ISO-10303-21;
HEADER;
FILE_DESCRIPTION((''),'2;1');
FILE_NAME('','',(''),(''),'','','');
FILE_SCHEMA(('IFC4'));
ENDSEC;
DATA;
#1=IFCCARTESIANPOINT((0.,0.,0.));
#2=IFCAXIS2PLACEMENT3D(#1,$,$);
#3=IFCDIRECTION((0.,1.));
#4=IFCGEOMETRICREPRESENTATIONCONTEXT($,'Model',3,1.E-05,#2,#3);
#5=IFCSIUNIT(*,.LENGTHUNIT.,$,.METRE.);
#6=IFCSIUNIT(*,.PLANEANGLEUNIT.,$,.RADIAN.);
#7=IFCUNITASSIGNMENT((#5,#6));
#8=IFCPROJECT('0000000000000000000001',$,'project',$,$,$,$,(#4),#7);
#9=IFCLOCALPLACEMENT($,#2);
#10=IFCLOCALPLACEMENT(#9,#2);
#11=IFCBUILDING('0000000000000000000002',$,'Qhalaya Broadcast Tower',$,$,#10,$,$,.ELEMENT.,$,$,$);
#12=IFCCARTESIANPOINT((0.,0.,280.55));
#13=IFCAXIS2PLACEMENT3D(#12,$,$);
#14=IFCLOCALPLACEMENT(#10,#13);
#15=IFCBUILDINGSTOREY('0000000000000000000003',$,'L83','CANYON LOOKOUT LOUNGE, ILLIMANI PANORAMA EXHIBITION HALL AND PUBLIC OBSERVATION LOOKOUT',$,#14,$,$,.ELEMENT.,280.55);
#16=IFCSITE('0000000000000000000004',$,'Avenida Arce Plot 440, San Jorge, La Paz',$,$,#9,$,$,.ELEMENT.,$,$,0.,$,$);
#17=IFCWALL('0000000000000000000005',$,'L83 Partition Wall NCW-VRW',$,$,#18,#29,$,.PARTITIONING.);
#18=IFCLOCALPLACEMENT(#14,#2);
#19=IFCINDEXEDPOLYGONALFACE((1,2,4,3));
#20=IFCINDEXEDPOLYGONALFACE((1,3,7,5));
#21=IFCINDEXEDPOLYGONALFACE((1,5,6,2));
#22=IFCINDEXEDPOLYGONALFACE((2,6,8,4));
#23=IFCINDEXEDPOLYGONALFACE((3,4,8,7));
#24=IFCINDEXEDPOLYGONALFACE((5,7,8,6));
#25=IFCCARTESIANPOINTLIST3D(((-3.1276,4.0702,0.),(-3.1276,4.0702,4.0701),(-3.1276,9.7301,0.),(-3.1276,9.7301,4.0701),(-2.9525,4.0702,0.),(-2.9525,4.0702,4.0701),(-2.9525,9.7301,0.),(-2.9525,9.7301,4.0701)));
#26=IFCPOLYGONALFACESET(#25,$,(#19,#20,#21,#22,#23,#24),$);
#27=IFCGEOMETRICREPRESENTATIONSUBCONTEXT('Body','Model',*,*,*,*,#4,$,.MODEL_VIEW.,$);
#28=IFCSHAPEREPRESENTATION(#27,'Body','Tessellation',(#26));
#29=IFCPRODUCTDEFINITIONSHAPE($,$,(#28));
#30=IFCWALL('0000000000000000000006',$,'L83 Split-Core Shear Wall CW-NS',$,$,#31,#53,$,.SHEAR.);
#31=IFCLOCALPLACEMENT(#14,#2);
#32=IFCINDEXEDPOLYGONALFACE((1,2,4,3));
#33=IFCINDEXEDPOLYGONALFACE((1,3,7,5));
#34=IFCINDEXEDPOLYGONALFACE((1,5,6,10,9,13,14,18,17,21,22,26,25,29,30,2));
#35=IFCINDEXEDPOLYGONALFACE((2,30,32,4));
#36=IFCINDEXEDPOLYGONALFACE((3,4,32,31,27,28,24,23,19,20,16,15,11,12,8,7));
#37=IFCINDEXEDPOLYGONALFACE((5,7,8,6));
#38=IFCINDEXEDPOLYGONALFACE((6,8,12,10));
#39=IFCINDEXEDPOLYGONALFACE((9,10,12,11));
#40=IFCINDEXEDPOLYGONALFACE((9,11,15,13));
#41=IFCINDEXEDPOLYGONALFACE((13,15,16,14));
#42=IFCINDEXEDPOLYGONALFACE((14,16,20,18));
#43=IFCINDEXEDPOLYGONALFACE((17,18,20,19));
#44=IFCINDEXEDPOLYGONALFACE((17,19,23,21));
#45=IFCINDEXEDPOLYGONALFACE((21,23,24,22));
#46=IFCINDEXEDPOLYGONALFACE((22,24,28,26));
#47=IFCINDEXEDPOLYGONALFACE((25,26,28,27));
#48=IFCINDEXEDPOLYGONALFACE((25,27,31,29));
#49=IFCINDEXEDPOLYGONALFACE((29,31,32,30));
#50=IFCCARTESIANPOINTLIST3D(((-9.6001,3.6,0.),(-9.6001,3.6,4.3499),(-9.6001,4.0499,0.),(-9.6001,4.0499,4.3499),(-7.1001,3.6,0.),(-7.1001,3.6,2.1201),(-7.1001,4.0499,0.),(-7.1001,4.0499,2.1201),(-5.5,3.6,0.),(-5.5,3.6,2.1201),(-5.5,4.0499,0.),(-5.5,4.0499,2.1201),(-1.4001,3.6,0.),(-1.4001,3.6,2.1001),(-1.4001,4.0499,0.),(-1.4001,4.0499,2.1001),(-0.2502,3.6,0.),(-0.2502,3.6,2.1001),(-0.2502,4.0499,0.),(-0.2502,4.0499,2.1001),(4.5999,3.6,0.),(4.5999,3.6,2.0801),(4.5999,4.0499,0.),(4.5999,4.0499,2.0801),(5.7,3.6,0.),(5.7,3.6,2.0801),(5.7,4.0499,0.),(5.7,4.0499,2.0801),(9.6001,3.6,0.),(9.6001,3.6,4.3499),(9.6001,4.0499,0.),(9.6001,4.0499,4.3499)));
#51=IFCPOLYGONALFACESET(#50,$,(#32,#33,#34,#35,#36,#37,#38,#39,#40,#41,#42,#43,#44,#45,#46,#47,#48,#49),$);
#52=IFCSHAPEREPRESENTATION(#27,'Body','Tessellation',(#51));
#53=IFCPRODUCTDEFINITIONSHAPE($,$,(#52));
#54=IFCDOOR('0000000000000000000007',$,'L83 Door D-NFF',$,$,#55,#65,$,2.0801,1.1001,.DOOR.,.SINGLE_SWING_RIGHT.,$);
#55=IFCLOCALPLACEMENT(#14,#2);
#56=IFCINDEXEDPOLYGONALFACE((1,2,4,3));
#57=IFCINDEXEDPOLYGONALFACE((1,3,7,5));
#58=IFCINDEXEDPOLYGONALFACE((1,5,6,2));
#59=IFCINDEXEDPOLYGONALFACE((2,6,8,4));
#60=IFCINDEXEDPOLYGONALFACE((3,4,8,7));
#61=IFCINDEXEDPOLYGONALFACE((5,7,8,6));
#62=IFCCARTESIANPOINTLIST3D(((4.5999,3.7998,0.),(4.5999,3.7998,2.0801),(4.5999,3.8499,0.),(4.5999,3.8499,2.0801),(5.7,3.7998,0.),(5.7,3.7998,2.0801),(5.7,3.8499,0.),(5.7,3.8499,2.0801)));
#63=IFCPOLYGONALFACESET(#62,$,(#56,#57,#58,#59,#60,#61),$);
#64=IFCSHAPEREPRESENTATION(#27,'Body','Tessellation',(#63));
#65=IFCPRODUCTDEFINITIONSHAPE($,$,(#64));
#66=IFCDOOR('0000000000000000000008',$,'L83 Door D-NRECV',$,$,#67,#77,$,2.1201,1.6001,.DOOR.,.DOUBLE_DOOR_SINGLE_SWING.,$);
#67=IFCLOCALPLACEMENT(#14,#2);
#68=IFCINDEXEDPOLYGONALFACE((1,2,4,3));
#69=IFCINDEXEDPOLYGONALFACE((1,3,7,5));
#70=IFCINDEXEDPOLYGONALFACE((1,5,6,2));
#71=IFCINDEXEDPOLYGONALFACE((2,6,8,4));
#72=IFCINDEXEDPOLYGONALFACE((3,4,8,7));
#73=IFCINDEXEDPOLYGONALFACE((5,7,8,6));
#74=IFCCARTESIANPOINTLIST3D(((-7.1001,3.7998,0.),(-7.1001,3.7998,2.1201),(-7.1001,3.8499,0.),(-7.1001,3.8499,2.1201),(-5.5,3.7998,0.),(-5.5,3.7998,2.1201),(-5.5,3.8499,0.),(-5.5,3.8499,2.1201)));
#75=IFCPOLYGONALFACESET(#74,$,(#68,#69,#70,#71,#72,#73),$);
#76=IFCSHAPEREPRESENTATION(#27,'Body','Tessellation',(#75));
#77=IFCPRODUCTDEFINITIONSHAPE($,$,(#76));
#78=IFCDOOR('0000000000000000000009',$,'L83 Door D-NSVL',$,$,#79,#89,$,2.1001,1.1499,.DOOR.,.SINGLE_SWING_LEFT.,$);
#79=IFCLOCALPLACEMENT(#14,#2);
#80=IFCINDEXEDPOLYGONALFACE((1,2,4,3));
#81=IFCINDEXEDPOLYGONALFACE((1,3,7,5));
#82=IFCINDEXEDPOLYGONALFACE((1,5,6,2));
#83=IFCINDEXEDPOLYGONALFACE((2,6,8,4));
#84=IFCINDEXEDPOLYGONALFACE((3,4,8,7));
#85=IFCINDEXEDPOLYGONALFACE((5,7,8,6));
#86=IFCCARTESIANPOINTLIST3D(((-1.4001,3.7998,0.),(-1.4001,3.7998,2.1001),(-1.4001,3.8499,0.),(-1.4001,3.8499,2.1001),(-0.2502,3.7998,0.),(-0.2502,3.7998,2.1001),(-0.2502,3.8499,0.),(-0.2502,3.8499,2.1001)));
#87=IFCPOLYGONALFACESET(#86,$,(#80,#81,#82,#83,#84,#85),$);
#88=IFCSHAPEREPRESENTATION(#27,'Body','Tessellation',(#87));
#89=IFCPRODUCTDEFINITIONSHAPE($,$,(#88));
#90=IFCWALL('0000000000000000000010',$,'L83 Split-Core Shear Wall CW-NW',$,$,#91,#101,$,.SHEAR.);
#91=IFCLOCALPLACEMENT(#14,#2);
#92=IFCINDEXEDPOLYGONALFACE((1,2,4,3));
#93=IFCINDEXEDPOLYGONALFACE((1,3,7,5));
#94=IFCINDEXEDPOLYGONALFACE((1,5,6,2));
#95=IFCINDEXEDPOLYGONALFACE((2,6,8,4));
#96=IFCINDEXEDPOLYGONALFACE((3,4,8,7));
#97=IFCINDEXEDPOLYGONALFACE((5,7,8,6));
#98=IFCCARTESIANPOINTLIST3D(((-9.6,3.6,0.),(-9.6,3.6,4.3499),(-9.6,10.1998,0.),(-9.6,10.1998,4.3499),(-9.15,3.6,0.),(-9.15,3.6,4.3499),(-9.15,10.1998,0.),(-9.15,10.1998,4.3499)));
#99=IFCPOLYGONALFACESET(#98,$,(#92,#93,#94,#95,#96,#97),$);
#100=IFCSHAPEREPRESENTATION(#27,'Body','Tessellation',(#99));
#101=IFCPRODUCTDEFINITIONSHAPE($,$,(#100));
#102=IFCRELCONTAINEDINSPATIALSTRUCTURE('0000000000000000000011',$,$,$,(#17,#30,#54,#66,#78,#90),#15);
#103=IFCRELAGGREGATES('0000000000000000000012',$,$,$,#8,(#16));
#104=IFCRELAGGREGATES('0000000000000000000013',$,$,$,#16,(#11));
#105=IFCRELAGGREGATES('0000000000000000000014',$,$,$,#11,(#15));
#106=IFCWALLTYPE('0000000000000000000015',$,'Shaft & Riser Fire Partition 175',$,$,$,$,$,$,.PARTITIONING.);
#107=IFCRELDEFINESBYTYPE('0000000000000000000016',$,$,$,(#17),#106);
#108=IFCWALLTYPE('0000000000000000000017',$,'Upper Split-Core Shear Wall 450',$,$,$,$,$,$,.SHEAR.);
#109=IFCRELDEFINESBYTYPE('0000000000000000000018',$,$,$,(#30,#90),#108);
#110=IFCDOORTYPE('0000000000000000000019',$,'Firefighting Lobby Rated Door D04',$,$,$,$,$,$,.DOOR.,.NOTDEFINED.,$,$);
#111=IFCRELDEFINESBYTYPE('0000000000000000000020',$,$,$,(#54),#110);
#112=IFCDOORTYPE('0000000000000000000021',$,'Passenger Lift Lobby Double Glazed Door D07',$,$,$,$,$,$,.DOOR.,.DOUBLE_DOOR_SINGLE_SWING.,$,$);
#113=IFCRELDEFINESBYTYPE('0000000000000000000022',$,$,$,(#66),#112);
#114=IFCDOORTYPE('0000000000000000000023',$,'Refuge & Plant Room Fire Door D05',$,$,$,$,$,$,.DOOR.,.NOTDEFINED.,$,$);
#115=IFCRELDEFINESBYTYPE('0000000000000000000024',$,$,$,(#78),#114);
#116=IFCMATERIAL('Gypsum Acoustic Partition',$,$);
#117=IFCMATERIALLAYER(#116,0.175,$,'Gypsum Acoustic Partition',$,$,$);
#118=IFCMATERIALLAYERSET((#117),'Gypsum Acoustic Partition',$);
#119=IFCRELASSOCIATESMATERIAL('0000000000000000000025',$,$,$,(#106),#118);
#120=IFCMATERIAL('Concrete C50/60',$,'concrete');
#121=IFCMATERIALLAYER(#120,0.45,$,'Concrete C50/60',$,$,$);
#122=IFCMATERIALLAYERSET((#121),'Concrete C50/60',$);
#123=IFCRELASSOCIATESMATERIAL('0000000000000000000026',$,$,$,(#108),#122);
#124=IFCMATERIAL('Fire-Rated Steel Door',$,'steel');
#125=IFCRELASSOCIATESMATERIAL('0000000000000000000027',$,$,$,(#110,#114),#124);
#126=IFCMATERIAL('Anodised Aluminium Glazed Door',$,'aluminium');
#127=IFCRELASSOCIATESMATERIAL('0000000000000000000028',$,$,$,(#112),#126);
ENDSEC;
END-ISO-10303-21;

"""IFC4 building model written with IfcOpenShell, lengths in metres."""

from ifc_helpers import new_model, si_unit, direction, frame, frame_2d, origin, place, context, subcontext, project, spatial, rectangle, extrude, material, layer, layer_set, type_object, element, fill, save


model = new_model("IFC4")

# Units and contexts
model_context = context("Model", 3, precision=1e-05, world=origin(), true_north=direction((0.0, 1.0)))
body_context = subcontext(model_context, "Body", "Model", "MODEL_VIEW")
ifc_project = project(units=[si_unit("LENGTHUNIT", "METRE"), si_unit("PLANEANGLEUNIT", "RADIAN")], contexts=[model_context])

# Site, building, storey
site_placement = place(None, origin())
site = spatial("IfcSite", under=ifc_project, at=site_placement, Name="Avenida Arce Plot 440, San Jorge, La Paz", CompositionType="ELEMENT", RefElevation=0.0)
building_placement = place(site_placement, origin())
building = spatial("IfcBuilding", under=site, at=building_placement, Name="Qhalaya Broadcast Tower", CompositionType="ELEMENT")
storey_placement = place(building_placement, frame((0.0, 0.0, 280.55)))
storey = spatial("IfcBuildingStorey", under=building, at=storey_placement, Name="L83", Description="CANYON LOOKOUT LOUNGE, ILLIMANI PANORAMA EXHIBITION HALL AND PUBLIC OBSERVATION LOOKOUT", CompositionType="ELEMENT", Elevation=280.55)

# Shared definitions
ifc_material_1 = material(Name="Concrete C50/60", Category="concrete")

# Shared definitions
ifc_material_2 = material(Name="Gypsum Acoustic Partition")

# Wall
ifc_layer_1 = layer(ifc_material_2, 0.175, Name="Gypsum Acoustic Partition")
ifc_layer_set_1 = layer_set([ifc_layer_1], Name="Gypsum Acoustic Partition")
wall_type_1 = type_object("IfcWallType", Name="Shaft & Riser Fire Partition 175", PredefinedType="PARTITIONING", material=ifc_layer_set_1)
wall_1_placement = place(storey_placement, frame((-3.04, 4.0701, 0.0), z_axis=(0.0, 0.0, 1.0), x_axis=(0.0, 1.0, 0.0)))
element("IfcWall", 1, at=wall_1_placement, inside=storey, type_object=wall_type_1, Name="L83 Partition Wall NCW-VRW", PredefinedType="PARTITIONING", context=body_context, shape_type="SweptSolid", body=[
    extrude(rectangle(XDim=5.6599, YDim=0.175, at=frame_2d((2.8301, 0.0))), origin(), (0.0, 0.0, 1.0), 4.0701),
])

# Wall, openings, doors
ifc_layer_2 = layer(ifc_material_1, 0.45, Name="Concrete C50/60")
ifc_layer_set_2 = layer_set([ifc_layer_2], Name="Concrete C50/60")
wall_type_2 = type_object("IfcWallType", Name="Upper Split-Core Shear Wall 450", PredefinedType="SHEAR", material=ifc_layer_set_2)
wall_2_placement = place(storey_placement, frame((-9.6001, 3.825, 0.0), z_axis=(0.0, 0.0, 1.0), x_axis=(1.0, 0.0, 0.0)))
wall_2 = element("IfcWall", 2, at=wall_2_placement, inside=storey, type_object=wall_type_2, Name="L83 Split-Core Shear Wall CW-NS", PredefinedType="SHEAR", context=body_context, shape_type="SweptSolid", body=[
    extrude(rectangle(XDim=19.2002, YDim=0.45, at=frame_2d((9.6001, 0.0))), origin(), (0.0, 0.0, 1.0), 4.3499),
])
opening_1_placement = place(wall_2_placement, frame((14.2, 0.0, 0.0)))
opening_1 = element("IfcOpeningElement", 3, at=opening_1_placement, cuts=wall_2, PredefinedType="OPENING", context=body_context, shape_type="SweptSolid", body=[
    extrude(rectangle(XDim=1.1001, YDim=2.0801, at=frame_2d((0.55, 1.04))), frame((0.0, 0.2371, 0.0), z_axis=(0.0, -1.0, 0.0), x_axis=(1.0, 0.0, 0.0)), (0.0, 0.0, 1.0), 0.4739),
])
opening_2_placement = place(wall_2_placement, frame((8.2, 0.0, 0.0)))
opening_2 = element("IfcOpeningElement", 4, at=opening_2_placement, cuts=wall_2, PredefinedType="OPENING", context=body_context, shape_type="SweptSolid", body=[
    extrude(rectangle(XDim=1.1499, YDim=2.1001, at=frame_2d((0.575, 1.05))), frame((0.0, 0.2371, 0.0), z_axis=(0.0, -1.0, 0.0), x_axis=(1.0, 0.0, 0.0)), (0.0, 0.0, 1.0), 0.4739),
])
opening_3_placement = place(wall_2_placement, frame((2.5, 0.0, 0.0)))
opening_3 = element("IfcOpeningElement", 5, at=opening_3_placement, cuts=wall_2, PredefinedType="OPENING", context=body_context, shape_type="SweptSolid", body=[
    extrude(rectangle(XDim=1.6001, YDim=2.1201, at=frame_2d((0.8, 1.0601))), frame((0.0, 0.2371, 0.0), z_axis=(0.0, -1.0, 0.0), x_axis=(1.0, 0.0, 0.0)), (0.0, 0.0, 1.0), 0.4739),
])
ifc_material_3 = material(Name="Fire-Rated Steel Door", Category="steel")
door_type_1 = type_object("IfcDoorType", Name="Firefighting Lobby Rated Door D04", OperationType="NOTDEFINED", PredefinedType="DOOR", material=ifc_material_3)
door_1_placement = place(opening_1_placement, origin())
door_1 = element("IfcDoor", 6, at=door_1_placement, inside=storey, type_object=door_type_1, Name="L83 Door D-NFF", OperationType="SINGLE_SWING_RIGHT", OverallHeight=2.0801, OverallWidth=1.1001, PredefinedType="DOOR", context=body_context, shape_type="SweptSolid", body=[
    extrude(rectangle(XDim=1.1001, YDim=2.0801, at=frame_2d((0.55, 1.04))), frame((0.0, 0.0249, 0.0), z_axis=(0.0, -1.0, 0.0), x_axis=(1.0, 0.0, 0.0)), (0.0, 0.0, 1.0), 0.05),
])
fill(opening_1, door_1)
ifc_material_4 = material(Name="Anodised Aluminium Glazed Door", Category="aluminium")
door_type_2 = type_object("IfcDoorType", Name="Passenger Lift Lobby Double Glazed Door D07", OperationType="DOUBLE_DOOR_SINGLE_SWING", PredefinedType="DOOR", material=ifc_material_4)
door_2_placement = place(opening_3_placement, origin())
door_2 = element("IfcDoor", 7, at=door_2_placement, inside=storey, type_object=door_type_2, Name="L83 Door D-NRECV", OperationType="DOUBLE_DOOR_SINGLE_SWING", OverallHeight=2.1201, OverallWidth=1.6001, PredefinedType="DOOR", context=body_context, shape_type="SweptSolid", body=[
    extrude(rectangle(XDim=1.6001, YDim=2.1201, at=frame_2d((0.8, 1.0601))), frame((0.0, 0.0249, 0.0), z_axis=(0.0, -1.0, 0.0), x_axis=(1.0, 0.0, 0.0)), (0.0, 0.0, 1.0), 0.05),
])
fill(opening_3, door_2)
door_type_3 = type_object("IfcDoorType", Name="Refuge & Plant Room Fire Door D05", OperationType="NOTDEFINED", PredefinedType="DOOR", material=ifc_material_3)
door_3_placement = place(opening_2_placement, origin())
door_3 = element("IfcDoor", 8, at=door_3_placement, inside=storey, type_object=door_type_3, Name="L83 Door D-NSVL", OperationType="SINGLE_SWING_LEFT", OverallHeight=2.1001, OverallWidth=1.1499, PredefinedType="DOOR", context=body_context, shape_type="SweptSolid", body=[
    extrude(rectangle(XDim=1.1499, YDim=2.1001, at=frame_2d((0.575, 1.05))), frame((0.0, 0.0249, 0.0), z_axis=(0.0, -1.0, 0.0), x_axis=(1.0, 0.0, 0.0)), (0.0, 0.0, 1.0), 0.05),
])
fill(opening_2, door_3)

# Wall
wall_3_placement = place(storey_placement, frame((-9.375, 3.6001, 0.0), z_axis=(0.0, 0.0, 1.0), x_axis=(0.0, 1.0, 0.0)))
element("IfcWall", 9, at=wall_3_placement, inside=storey, type_object=wall_type_2, Name="L83 Split-Core Shear Wall CW-NW", PredefinedType="SHEAR", context=body_context, shape_type="SweptSolid", body=[
    extrude(rectangle(XDim=6.5999, YDim=0.45, at=frame_2d((3.2998, 0.0))), origin(), (0.0, 0.0, 1.0), 4.3499),
])

save(model, "model.ifc")
